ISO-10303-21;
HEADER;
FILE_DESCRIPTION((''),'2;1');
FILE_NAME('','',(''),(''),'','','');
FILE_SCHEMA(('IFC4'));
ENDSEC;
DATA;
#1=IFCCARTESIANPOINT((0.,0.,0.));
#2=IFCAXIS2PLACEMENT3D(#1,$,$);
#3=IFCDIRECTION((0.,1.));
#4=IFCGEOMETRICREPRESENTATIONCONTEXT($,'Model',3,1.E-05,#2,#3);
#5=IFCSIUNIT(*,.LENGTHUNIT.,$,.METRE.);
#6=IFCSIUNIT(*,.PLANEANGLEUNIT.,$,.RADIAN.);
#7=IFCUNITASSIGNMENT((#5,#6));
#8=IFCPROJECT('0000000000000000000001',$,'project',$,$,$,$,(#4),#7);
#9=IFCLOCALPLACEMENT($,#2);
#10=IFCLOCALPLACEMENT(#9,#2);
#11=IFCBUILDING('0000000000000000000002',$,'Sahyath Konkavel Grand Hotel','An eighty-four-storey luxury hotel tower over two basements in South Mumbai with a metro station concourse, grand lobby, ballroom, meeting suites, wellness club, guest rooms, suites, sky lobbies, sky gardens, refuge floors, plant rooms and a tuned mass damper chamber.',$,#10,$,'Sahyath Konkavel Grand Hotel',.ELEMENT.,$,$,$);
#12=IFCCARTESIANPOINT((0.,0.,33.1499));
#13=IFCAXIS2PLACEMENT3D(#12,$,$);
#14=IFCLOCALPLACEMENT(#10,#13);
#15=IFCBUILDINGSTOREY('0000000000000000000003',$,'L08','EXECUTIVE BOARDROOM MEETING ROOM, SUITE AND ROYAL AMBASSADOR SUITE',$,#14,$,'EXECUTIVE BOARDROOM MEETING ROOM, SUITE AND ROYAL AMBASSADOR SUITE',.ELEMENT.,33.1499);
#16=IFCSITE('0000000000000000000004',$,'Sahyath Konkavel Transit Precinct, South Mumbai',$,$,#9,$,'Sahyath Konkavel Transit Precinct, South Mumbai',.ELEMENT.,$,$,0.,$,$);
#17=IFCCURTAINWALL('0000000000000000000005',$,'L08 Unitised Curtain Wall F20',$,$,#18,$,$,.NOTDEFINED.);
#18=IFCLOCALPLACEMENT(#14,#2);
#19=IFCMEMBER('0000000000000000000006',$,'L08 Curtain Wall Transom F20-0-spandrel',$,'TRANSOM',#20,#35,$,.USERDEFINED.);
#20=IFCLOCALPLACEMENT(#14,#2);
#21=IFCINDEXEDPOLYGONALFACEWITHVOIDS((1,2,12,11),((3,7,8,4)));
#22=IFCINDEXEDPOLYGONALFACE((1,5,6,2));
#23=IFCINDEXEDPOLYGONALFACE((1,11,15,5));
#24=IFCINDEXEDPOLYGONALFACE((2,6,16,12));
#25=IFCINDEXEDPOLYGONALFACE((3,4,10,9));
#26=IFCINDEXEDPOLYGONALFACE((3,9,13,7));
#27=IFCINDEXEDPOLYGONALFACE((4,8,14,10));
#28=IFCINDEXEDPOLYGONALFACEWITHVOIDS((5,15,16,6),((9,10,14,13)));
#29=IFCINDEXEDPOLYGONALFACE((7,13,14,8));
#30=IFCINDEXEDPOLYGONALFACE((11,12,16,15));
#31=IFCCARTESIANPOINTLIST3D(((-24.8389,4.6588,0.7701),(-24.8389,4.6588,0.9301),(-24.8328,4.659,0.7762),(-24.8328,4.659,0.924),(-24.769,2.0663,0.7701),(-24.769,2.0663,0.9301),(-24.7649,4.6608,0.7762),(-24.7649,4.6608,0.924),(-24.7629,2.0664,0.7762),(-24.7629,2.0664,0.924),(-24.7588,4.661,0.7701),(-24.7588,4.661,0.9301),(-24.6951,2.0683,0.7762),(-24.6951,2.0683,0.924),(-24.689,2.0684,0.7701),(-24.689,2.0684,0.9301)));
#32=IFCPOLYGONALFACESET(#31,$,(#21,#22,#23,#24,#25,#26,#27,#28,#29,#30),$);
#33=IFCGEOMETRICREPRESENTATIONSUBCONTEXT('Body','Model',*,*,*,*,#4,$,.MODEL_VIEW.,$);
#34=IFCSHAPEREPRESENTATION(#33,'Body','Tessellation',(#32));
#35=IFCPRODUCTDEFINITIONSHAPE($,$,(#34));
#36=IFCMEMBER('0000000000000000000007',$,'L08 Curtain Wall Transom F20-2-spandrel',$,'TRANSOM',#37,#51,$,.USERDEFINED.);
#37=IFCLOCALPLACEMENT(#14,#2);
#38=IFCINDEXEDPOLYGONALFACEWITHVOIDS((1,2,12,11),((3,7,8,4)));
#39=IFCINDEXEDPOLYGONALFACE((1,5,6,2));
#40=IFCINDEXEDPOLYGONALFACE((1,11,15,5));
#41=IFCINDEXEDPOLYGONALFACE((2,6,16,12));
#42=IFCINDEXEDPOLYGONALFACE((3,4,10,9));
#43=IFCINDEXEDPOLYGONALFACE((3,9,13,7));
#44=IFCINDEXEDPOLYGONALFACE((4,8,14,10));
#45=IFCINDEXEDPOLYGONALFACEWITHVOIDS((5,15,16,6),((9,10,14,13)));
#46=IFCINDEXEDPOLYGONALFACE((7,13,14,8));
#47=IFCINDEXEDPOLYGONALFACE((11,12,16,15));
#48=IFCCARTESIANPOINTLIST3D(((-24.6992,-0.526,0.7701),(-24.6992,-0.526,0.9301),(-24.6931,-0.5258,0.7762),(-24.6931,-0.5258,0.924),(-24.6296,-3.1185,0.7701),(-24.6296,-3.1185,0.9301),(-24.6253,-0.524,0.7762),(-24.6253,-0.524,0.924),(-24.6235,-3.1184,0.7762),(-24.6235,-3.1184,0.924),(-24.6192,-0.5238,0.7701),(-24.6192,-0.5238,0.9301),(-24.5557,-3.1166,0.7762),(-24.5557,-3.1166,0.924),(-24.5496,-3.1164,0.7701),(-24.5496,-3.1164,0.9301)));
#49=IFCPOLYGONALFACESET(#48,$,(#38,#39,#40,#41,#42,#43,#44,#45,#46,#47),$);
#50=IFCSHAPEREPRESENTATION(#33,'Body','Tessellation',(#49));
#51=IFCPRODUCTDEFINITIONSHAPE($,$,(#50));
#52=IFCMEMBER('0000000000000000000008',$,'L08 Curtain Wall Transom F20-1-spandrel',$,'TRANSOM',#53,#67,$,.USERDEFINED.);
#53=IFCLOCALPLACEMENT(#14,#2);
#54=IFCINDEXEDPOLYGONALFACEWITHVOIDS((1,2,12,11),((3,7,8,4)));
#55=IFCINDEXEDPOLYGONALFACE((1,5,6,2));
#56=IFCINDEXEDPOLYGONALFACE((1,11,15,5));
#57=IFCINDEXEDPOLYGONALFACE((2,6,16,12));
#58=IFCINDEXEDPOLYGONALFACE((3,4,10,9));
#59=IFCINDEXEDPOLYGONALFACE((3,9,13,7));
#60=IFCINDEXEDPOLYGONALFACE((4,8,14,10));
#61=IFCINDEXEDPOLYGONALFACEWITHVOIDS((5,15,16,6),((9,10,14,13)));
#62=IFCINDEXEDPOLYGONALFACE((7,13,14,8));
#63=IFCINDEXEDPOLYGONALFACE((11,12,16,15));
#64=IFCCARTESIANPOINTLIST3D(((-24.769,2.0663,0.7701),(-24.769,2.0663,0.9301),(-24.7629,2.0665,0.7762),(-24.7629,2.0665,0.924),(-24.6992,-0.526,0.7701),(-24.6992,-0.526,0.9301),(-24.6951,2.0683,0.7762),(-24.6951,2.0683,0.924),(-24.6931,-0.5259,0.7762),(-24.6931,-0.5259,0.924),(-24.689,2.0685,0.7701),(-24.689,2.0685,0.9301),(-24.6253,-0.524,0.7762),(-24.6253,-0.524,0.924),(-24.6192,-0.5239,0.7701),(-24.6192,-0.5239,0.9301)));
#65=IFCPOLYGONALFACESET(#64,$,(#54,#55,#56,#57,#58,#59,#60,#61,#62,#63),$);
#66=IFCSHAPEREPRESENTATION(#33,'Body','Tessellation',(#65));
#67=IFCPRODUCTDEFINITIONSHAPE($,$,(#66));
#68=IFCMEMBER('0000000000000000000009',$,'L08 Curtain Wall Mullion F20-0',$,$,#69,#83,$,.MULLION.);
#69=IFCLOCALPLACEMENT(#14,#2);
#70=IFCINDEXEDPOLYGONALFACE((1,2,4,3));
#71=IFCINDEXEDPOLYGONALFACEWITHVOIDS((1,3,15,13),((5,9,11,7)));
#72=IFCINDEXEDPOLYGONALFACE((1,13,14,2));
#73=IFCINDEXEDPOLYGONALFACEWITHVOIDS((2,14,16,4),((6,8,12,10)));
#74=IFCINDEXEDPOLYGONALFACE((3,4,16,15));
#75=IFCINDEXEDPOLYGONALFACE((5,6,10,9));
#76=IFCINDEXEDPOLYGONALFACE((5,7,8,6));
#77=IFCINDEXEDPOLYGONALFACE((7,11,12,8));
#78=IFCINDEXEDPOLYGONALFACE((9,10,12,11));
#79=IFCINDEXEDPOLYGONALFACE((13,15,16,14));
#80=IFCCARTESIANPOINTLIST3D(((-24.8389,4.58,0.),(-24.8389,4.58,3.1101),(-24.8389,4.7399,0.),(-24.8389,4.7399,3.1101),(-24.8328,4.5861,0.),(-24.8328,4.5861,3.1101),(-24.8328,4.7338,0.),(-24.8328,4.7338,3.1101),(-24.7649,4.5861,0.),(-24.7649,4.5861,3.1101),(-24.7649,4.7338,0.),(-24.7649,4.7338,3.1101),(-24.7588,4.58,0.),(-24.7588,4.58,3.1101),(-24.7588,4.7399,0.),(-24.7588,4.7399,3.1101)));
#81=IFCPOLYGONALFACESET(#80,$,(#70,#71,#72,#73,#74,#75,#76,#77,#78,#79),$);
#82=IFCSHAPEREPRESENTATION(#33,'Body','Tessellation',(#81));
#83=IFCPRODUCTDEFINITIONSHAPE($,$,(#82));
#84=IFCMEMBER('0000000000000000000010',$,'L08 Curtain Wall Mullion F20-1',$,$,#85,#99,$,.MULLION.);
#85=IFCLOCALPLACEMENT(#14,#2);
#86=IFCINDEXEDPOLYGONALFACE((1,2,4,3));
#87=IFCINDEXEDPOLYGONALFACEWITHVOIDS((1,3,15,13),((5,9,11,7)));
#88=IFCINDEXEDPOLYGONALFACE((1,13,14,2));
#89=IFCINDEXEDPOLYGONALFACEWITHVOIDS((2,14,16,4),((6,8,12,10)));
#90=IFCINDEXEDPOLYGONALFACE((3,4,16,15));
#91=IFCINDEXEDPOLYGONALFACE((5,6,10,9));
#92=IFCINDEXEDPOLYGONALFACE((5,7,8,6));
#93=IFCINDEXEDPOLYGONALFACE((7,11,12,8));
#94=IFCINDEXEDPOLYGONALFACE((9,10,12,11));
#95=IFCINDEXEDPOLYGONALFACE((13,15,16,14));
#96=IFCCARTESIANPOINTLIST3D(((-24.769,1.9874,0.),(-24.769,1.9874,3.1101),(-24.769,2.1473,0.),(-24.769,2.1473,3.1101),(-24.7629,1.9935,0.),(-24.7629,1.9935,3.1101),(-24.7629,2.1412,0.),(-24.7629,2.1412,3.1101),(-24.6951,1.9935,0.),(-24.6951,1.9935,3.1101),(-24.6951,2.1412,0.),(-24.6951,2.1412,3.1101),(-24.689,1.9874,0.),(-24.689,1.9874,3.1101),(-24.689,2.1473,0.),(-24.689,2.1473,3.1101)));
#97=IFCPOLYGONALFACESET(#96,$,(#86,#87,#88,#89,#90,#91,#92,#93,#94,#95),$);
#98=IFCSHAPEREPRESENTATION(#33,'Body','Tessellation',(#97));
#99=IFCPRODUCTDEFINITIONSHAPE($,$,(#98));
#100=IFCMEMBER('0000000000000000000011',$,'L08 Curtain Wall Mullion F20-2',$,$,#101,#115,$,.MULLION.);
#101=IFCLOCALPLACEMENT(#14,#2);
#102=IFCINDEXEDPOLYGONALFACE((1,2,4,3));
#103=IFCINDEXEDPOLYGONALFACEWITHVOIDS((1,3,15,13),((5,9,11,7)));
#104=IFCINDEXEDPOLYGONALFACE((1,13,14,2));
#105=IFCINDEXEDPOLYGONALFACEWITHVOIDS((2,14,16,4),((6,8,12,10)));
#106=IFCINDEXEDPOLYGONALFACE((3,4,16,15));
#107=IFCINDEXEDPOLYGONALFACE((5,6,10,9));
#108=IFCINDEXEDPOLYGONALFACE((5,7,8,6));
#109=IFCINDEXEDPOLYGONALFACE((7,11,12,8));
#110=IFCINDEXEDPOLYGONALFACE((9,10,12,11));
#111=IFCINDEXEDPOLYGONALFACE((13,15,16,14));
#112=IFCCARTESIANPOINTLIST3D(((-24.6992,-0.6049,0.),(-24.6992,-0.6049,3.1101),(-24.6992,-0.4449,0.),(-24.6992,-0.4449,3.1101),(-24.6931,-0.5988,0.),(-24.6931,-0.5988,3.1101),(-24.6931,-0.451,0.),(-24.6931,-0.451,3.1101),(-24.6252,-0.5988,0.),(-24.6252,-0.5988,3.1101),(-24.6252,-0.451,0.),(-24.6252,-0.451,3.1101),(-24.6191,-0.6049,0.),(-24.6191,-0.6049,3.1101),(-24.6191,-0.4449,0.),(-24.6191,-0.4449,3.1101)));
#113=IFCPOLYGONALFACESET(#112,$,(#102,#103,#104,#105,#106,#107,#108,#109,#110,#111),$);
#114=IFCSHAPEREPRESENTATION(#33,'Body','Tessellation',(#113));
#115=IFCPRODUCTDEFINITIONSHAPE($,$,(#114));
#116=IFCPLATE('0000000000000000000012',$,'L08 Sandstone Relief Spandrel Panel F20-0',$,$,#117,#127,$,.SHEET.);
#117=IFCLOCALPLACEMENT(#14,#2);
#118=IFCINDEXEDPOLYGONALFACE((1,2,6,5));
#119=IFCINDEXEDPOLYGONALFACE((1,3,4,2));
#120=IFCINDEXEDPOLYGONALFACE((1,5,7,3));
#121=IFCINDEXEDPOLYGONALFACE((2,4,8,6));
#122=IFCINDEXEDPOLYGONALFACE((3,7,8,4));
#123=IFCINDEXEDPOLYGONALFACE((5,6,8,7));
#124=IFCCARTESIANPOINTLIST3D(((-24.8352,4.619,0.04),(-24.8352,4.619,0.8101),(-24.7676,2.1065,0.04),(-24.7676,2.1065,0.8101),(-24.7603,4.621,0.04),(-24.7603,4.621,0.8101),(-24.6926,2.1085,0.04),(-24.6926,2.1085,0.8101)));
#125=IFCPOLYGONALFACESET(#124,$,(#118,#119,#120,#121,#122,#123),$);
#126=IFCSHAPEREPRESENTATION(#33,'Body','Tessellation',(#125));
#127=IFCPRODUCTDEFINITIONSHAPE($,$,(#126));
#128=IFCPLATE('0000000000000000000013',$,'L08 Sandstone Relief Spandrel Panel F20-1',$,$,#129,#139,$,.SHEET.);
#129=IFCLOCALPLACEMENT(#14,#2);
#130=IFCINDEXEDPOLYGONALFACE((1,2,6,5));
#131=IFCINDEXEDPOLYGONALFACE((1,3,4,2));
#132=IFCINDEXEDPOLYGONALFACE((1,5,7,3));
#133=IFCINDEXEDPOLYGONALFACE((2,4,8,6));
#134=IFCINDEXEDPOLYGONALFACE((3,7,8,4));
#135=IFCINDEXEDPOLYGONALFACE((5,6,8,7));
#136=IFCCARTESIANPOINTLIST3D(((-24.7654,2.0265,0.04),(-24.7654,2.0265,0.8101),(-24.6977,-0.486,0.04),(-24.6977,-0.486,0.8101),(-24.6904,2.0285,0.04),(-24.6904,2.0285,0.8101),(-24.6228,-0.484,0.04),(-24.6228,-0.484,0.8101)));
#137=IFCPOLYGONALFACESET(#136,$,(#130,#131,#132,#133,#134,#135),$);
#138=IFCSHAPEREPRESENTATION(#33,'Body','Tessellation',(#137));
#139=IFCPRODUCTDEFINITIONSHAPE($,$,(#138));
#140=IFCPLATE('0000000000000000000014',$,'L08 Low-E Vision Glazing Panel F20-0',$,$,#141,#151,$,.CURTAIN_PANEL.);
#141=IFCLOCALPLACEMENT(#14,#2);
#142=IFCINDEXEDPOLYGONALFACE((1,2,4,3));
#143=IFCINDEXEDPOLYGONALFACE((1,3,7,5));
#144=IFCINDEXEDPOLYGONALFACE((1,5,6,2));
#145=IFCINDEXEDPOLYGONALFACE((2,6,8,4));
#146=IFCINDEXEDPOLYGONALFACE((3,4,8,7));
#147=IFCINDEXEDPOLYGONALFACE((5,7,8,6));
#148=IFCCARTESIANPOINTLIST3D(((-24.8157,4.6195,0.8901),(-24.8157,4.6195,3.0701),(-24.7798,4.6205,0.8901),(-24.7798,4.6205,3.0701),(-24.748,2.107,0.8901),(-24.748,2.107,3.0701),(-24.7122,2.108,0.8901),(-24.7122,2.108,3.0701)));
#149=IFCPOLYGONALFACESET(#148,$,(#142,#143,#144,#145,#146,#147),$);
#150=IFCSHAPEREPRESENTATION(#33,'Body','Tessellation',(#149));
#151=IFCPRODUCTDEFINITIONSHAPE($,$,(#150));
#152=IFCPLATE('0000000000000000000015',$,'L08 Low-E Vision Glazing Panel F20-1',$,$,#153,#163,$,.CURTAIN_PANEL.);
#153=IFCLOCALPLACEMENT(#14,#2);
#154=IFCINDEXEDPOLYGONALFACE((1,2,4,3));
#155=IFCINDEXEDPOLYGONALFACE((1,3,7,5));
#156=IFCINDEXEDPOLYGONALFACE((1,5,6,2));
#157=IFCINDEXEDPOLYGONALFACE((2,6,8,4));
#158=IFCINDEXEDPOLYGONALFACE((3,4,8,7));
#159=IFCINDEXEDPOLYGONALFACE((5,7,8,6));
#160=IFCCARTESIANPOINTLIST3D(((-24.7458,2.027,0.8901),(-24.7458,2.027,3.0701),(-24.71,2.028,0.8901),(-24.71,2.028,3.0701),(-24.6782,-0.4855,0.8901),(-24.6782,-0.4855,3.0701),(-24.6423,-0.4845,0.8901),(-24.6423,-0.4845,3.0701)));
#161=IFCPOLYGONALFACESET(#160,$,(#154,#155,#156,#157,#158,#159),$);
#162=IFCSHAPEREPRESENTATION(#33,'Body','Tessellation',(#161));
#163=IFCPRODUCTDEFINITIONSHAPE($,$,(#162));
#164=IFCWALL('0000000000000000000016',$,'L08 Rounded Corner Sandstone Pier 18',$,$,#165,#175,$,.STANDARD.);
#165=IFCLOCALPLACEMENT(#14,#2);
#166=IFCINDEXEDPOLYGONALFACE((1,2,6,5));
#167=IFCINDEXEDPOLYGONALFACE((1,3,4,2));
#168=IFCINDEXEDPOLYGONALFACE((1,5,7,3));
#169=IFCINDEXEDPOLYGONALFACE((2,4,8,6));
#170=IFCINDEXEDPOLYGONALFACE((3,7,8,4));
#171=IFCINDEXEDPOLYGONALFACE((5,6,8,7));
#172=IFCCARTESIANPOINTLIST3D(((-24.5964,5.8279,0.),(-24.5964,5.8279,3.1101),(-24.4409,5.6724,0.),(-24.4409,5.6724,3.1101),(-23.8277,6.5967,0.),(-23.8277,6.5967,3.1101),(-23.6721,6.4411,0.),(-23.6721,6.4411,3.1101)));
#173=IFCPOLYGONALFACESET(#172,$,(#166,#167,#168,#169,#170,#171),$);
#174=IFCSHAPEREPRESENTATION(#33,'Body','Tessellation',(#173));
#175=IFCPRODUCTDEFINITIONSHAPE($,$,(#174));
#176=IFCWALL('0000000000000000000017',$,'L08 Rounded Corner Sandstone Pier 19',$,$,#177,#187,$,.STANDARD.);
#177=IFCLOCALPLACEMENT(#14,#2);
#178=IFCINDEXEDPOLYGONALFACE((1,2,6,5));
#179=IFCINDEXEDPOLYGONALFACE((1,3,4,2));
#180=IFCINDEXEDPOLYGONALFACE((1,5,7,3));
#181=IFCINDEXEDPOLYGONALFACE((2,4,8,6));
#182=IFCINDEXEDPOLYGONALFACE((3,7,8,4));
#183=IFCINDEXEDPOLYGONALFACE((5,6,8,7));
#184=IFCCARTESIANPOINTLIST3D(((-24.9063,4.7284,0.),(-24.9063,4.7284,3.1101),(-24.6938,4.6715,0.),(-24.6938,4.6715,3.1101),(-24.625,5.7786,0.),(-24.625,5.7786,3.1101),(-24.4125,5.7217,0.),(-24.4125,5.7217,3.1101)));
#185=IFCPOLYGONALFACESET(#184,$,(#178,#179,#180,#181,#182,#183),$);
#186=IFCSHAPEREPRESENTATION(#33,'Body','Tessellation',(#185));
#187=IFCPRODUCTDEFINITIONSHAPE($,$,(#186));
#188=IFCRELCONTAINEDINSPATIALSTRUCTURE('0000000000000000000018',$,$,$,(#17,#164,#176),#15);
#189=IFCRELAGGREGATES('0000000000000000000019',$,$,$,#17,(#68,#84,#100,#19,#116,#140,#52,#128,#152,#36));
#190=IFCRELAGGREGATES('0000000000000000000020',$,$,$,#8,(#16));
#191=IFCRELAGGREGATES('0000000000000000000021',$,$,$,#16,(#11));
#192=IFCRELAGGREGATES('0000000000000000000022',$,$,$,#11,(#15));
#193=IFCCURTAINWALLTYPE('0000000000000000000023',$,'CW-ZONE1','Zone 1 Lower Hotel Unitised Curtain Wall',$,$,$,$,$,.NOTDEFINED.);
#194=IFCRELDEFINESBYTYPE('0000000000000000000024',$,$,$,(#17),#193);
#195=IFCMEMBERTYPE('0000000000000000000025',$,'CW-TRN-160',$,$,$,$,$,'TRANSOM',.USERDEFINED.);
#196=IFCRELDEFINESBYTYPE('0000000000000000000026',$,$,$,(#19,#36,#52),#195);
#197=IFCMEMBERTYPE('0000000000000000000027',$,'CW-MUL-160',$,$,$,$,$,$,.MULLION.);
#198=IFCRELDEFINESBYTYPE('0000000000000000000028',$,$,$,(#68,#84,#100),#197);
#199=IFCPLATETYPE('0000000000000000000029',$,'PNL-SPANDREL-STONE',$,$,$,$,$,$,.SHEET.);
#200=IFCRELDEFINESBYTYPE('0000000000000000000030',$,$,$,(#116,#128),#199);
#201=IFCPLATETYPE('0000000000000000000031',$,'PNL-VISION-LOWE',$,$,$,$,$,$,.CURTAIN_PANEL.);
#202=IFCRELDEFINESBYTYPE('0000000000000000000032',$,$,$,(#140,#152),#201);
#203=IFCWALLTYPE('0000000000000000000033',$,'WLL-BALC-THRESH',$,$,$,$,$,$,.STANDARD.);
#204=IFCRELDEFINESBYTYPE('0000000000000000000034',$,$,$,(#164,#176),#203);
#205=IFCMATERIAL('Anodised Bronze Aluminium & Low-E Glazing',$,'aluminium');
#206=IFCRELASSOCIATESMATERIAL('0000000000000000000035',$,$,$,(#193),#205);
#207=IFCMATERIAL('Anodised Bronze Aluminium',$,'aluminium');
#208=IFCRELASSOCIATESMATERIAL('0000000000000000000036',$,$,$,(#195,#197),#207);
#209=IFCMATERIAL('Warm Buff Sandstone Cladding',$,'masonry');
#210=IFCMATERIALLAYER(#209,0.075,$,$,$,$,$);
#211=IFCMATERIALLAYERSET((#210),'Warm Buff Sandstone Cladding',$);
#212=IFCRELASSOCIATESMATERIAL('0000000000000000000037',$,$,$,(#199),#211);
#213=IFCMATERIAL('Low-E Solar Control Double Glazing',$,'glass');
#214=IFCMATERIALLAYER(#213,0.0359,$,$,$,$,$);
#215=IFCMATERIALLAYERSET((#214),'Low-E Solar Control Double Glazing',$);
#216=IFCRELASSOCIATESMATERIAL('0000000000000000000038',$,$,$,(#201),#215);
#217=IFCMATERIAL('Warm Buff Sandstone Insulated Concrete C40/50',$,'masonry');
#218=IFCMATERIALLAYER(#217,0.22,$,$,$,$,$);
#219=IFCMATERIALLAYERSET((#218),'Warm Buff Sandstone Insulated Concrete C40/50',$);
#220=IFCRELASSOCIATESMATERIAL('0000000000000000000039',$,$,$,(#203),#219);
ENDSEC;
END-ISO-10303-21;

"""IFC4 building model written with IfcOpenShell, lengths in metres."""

from ifc_helpers import new_model, si_unit, direction, frame, frame_2d, origin, origin_2d, place, context, subcontext, project, spatial, rectangle, hollow_rectangle, extrude, source, transform, mapped, material, layer, layer_set, material_profile, profile_set, type_object, element, aggregate, save


model = new_model("IFC4")

# Units and contexts
model_context = context("Model", 3, precision=1e-05, world=origin(), true_north=direction((0.0, 1.0)))
body_context = subcontext(model_context, "Body", "Model", "MODEL_VIEW")
ifc_project = project(units=[si_unit("LENGTHUNIT", "METRE"), si_unit("PLANEANGLEUNIT", "RADIAN")], contexts=[model_context])

# Site, building, storey
site_placement = place(None, origin())
site = spatial("IfcSite", under=ifc_project, at=site_placement, Name="Sahyath Konkavel Transit Precinct, South Mumbai", LongName="Sahyath Konkavel Transit Precinct, South Mumbai", CompositionType="ELEMENT", RefElevation=0.0)
building_placement = place(site_placement, origin())
building = spatial("IfcBuilding", under=site, at=building_placement, Name="Sahyath Konkavel Grand Hotel", Description="An eighty-four-storey luxury hotel tower over two basements in South Mumbai with a metro station concourse, grand lobby, ballroom, meeting suites, wellness club, guest rooms, suites, sky lobbies, sky gardens, refuge floors, plant rooms and a tuned mass damper chamber.", LongName="Sahyath Konkavel Grand Hotel", CompositionType="ELEMENT")
storey_placement = place(building_placement, frame((0.0, 0.0, 33.1499)))
storey = spatial("IfcBuildingStorey", under=building, at=storey_placement, Name="L08", Description="EXECUTIVE BOARDROOM MEETING ROOM, SUITE AND ROYAL AMBASSADOR SUITE", LongName="EXECUTIVE BOARDROOM MEETING ROOM, SUITE AND ROYAL AMBASSADOR SUITE", CompositionType="ELEMENT", Elevation=33.1499)

# Curtain wall, members, plates
ifc_material_1 = material(Name="Anodised Bronze Aluminium & Low-E Glazing", Category="aluminium")
curtain_wall_type = type_object("IfcCurtainWallType", Name="CW-ZONE1", Description="Zone 1 Lower Hotel Unitised Curtain Wall", PredefinedType="NOTDEFINED", material=ifc_material_1)
curtain_wall_placement = place(storey_placement, origin())
curtain_wall = element("IfcCurtainWall", 1, at=curtain_wall_placement, inside=storey, type_object=curtain_wall_type, Name="L08 Unitised Curtain Wall F20", PredefinedType="NOTDEFINED")
ifc_material_2 = material(Name="Anodised Bronze Aluminium", Category="aluminium")
ifc_material_profile_1 = material_profile(ifc_material_2, hollow_rectangle(XDim=0.0801, YDim=0.1599, WallThickness=0.0061, at=origin_2d()), Name="RHS 160x80x6")
ifc_profile_set_1 = profile_set([ifc_material_profile_1], Name="Anodised Bronze Aluminium")
member_type_1 = type_object("IfcMemberType", Name="CW-TRN-160", ElementType="TRANSOM", PredefinedType="USERDEFINED", material=ifc_profile_set_1)
shared_shape_1 = source(origin(), body_context, "Body", "SweptSolid", [
    extrude(hollow_rectangle(XDim=0.0801, YDim=0.1599, WallThickness=0.0061, at=origin_2d()), origin(), (0.0, 0.0, 1.0), 2.5935),
])
member_1_placement = place(storey_placement, frame((-24.7988, 4.6599, 0.8501), z_axis=(0.026923, -0.999638, 0.0), x_axis=(0.999638, 0.026923, 0.0)))
member_1 = element("IfcMember", 2, at=member_1_placement, type_object=member_type_1, Name="L08 Curtain Wall Transom F20-0-spandrel", ObjectType="TRANSOM", PredefinedType="USERDEFINED", context=body_context, shape_type="MappedRepresentation", body=[
    mapped(shared_shape_1, transform((0.0, 0.0, 0.0), scale=1.0)),
])
member_2_placement = place(storey_placement, frame((-24.6592, -0.5249, 0.8501), z_axis=(0.026829, -0.99964, 0.0), x_axis=(0.99964, 0.026829, 0.0)))
member_2 = element("IfcMember", 3, at=member_2_placement, type_object=member_type_1, Name="L08 Curtain Wall Transom F20-2-spandrel", ObjectType="TRANSOM", PredefinedType="USERDEFINED", context=body_context, shape_type="MappedRepresentation", body=[
    mapped(shared_shape_1, transform((0.0, 0.0, 0.0), scale=1.0)),
])
shared_shape_2 = source(origin(), body_context, "Body", "SweptSolid", [
    extrude(hollow_rectangle(XDim=0.0801, YDim=0.1599, WallThickness=0.0061, at=origin_2d()), origin(), (0.0, 0.0, 1.0), 2.5933),
])
member_3_placement = place(storey_placement, frame((-24.729, 2.0674, 0.8501), z_axis=(0.026926, -0.999637, 0.0), x_axis=(0.999637, 0.026926, 0.0)))
member_3 = element("IfcMember", 4, at=member_3_placement, type_object=member_type_1, Name="L08 Curtain Wall Transom F20-1-spandrel", ObjectType="TRANSOM", PredefinedType="USERDEFINED", context=body_context, shape_type="MappedRepresentation", body=[
    mapped(shared_shape_2, transform((0.0, 0.0, 0.0), scale=1.0)),
])
ifc_material_profile_2 = material_profile(ifc_material_2, hollow_rectangle(XDim=0.0801, YDim=0.1599, WallThickness=0.0061, at=origin_2d()), Name="RHS 160x80x6")
ifc_profile_set_2 = profile_set([ifc_material_profile_2], Name="Anodised Bronze Aluminium")
member_type_2 = type_object("IfcMemberType", Name="CW-MUL-160", PredefinedType="MULLION", material=ifc_profile_set_2)
shared_shape_3 = source(origin(), body_context, "Body", "SweptSolid", [
    extrude(hollow_rectangle(XDim=0.0801, YDim=0.1599, WallThickness=0.0061, at=origin_2d()), origin(), (0.0, 0.0, 1.0), 3.1101),
])
member_4_placement = place(storey_placement, frame((-24.7988, 4.6599, 0.0), z_axis=(0.0, 0.0, 1.0), x_axis=(1.0, 0.0, 0.0)))
member_4 = element("IfcMember", 5, at=member_4_placement, type_object=member_type_2, Name="L08 Curtain Wall Mullion F20-0", PredefinedType="MULLION", context=body_context, shape_type="MappedRepresentation", body=[
    mapped(shared_shape_3, transform((0.0, 0.0, 0.0), scale=1.0)),
])
member_5_placement = place(storey_placement, frame((-24.729, 2.0674, 0.0), z_axis=(0.0, 0.0, 1.0), x_axis=(1.0, 0.0, 0.0)))
member_5 = element("IfcMember", 6, at=member_5_placement, type_object=member_type_2, Name="L08 Curtain Wall Mullion F20-1", PredefinedType="MULLION", context=body_context, shape_type="MappedRepresentation", body=[
    mapped(shared_shape_3, transform((0.0, 0.0, 0.0), scale=1.0)),
])
member_6_placement = place(storey_placement, frame((-24.6592, -0.5249, 0.0), z_axis=(0.0, 0.0, 1.0), x_axis=(1.0, 0.0, 0.0)))
member_6 = element("IfcMember", 7, at=member_6_placement, type_object=member_type_2, Name="L08 Curtain Wall Mullion F20-2", PredefinedType="MULLION", context=body_context, shape_type="MappedRepresentation", body=[
    mapped(shared_shape_3, transform((0.0, 0.0, 0.0), scale=1.0)),
])
ifc_material_3 = material(Name="Warm Buff Sandstone Cladding", Category="masonry")
ifc_layer_1 = layer(ifc_material_3, 0.075)
ifc_layer_set_1 = layer_set([ifc_layer_1], Name="Warm Buff Sandstone Cladding")
plate_type_1 = type_object("IfcPlateType", Name="PNL-SPANDREL-STONE", PredefinedType="SHEET", material=ifc_layer_set_1)
shared_shape_4 = source(origin(), body_context, "Body", "SweptSolid", [
    extrude(rectangle(XDim=2.5134, YDim=0.075, at=origin_2d()), origin(), (0.0, 0.0, 1.0), 0.77),
])
plate_1_placement = place(storey_placement, frame((-24.7639, 3.3638, 0.04), z_axis=(0.0, 0.0, 1.0), x_axis=(0.02691, -0.999638, 0.0)))
plate_1 = element("IfcPlate", 8, at=plate_1_placement, type_object=plate_type_1, Name="L08 Sandstone Relief Spandrel Panel F20-0", PredefinedType="SHEET", context=body_context, shape_type="MappedRepresentation", body=[
    mapped(shared_shape_4, transform((0.0, 0.0, 0.0), scale=1.0)),
])
plate_2_placement = place(storey_placement, frame((-24.6941, 0.7712, 0.04), z_axis=(0.0, 0.0, 1.0), x_axis=(0.02691, -0.999638, 0.0)))
plate_2 = element("IfcPlate", 9, at=plate_2_placement, type_object=plate_type_1, Name="L08 Sandstone Relief Spandrel Panel F20-1", PredefinedType="SHEET", context=body_context, shape_type="MappedRepresentation", body=[
    mapped(shared_shape_4, transform((0.0, 0.0, 0.0), scale=1.0)),
])
ifc_material_4 = material(Name="Low-E Solar Control Double Glazing", Category="glass")
ifc_layer_2 = layer(ifc_material_4, 0.0359)
ifc_layer_set_2 = layer_set([ifc_layer_2], Name="Low-E Solar Control Double Glazing")
plate_type_2 = type_object("IfcPlateType", Name="PNL-VISION-LOWE", PredefinedType="CURTAIN_PANEL", material=ifc_layer_set_2)
shared_shape_5 = source(origin(), body_context, "Body", "SweptSolid", [
    extrude(rectangle(XDim=2.5134, YDim=0.0359, at=origin_2d()), origin(), (0.0, 0.0, 1.0), 2.1799),
])
plate_3_placement = place(storey_placement, frame((-24.7639, 3.3638, 0.8901), z_axis=(0.0, 0.0, 1.0), x_axis=(0.02691, -0.999638, 0.0)))
plate_3 = element("IfcPlate", 10, at=plate_3_placement, type_object=plate_type_2, Name="L08 Low-E Vision Glazing Panel F20-0", PredefinedType="CURTAIN_PANEL", context=body_context, shape_type="MappedRepresentation", body=[
    mapped(shared_shape_5, transform((0.0, 0.0, 0.0), scale=1.0)),
])
plate_4_placement = place(storey_placement, frame((-24.6941, 0.7712, 0.8901), z_axis=(0.0, 0.0, 1.0), x_axis=(0.02691, -0.999638, 0.0)))
plate_4 = element("IfcPlate", 11, at=plate_4_placement, type_object=plate_type_2, Name="L08 Low-E Vision Glazing Panel F20-1", PredefinedType="CURTAIN_PANEL", context=body_context, shape_type="MappedRepresentation", body=[
    mapped(shared_shape_5, transform((0.0, 0.0, 0.0), scale=1.0)),
])
aggregate(curtain_wall, [member_4, member_5, member_6, member_1, plate_1, plate_3, member_3, plate_2, plate_4, member_2])

# Walls
ifc_material_5 = material(Name="Warm Buff Sandstone Insulated Concrete C40/50", Category="masonry")
ifc_layer_3 = layer(ifc_material_5, 0.22)
ifc_layer_set_3 = layer_set([ifc_layer_3], Name="Warm Buff Sandstone Insulated Concrete C40/50")
wall_type_1 = type_object("IfcWallType", Name="WLL-BALC-THRESH", PredefinedType="STANDARD", material=ifc_layer_set_3)
for number, where, z_axis, x_axis, name in (
    (12, (-23.75, 6.5188, 0.0), (0.0, 0.0, 1.0), (-0.707107, -0.707107, 0.0), "L08 Rounded Corner Sandstone Pier 18"),
    (13, (-24.5188, 5.75, 0.0), (0.0, 0.0, 1.0), (-0.258725, -0.965951, 0.0), "L08 Rounded Corner Sandstone Pier 19"),
):
    element("IfcWall", number, at=place(storey_placement, frame(where, z_axis=z_axis, x_axis=x_axis)), inside=storey, type_object=wall_type_1, Name=name, PredefinedType="STANDARD", context=body_context, shape_type="SweptSolid", body=[
        extrude(rectangle(XDim=1.0872, YDim=0.22, at=frame_2d((0.5435, 0.0))), origin(), (0.0, 0.0, 1.0), 3.1101),
    ])

save(model, "model.ifc")
